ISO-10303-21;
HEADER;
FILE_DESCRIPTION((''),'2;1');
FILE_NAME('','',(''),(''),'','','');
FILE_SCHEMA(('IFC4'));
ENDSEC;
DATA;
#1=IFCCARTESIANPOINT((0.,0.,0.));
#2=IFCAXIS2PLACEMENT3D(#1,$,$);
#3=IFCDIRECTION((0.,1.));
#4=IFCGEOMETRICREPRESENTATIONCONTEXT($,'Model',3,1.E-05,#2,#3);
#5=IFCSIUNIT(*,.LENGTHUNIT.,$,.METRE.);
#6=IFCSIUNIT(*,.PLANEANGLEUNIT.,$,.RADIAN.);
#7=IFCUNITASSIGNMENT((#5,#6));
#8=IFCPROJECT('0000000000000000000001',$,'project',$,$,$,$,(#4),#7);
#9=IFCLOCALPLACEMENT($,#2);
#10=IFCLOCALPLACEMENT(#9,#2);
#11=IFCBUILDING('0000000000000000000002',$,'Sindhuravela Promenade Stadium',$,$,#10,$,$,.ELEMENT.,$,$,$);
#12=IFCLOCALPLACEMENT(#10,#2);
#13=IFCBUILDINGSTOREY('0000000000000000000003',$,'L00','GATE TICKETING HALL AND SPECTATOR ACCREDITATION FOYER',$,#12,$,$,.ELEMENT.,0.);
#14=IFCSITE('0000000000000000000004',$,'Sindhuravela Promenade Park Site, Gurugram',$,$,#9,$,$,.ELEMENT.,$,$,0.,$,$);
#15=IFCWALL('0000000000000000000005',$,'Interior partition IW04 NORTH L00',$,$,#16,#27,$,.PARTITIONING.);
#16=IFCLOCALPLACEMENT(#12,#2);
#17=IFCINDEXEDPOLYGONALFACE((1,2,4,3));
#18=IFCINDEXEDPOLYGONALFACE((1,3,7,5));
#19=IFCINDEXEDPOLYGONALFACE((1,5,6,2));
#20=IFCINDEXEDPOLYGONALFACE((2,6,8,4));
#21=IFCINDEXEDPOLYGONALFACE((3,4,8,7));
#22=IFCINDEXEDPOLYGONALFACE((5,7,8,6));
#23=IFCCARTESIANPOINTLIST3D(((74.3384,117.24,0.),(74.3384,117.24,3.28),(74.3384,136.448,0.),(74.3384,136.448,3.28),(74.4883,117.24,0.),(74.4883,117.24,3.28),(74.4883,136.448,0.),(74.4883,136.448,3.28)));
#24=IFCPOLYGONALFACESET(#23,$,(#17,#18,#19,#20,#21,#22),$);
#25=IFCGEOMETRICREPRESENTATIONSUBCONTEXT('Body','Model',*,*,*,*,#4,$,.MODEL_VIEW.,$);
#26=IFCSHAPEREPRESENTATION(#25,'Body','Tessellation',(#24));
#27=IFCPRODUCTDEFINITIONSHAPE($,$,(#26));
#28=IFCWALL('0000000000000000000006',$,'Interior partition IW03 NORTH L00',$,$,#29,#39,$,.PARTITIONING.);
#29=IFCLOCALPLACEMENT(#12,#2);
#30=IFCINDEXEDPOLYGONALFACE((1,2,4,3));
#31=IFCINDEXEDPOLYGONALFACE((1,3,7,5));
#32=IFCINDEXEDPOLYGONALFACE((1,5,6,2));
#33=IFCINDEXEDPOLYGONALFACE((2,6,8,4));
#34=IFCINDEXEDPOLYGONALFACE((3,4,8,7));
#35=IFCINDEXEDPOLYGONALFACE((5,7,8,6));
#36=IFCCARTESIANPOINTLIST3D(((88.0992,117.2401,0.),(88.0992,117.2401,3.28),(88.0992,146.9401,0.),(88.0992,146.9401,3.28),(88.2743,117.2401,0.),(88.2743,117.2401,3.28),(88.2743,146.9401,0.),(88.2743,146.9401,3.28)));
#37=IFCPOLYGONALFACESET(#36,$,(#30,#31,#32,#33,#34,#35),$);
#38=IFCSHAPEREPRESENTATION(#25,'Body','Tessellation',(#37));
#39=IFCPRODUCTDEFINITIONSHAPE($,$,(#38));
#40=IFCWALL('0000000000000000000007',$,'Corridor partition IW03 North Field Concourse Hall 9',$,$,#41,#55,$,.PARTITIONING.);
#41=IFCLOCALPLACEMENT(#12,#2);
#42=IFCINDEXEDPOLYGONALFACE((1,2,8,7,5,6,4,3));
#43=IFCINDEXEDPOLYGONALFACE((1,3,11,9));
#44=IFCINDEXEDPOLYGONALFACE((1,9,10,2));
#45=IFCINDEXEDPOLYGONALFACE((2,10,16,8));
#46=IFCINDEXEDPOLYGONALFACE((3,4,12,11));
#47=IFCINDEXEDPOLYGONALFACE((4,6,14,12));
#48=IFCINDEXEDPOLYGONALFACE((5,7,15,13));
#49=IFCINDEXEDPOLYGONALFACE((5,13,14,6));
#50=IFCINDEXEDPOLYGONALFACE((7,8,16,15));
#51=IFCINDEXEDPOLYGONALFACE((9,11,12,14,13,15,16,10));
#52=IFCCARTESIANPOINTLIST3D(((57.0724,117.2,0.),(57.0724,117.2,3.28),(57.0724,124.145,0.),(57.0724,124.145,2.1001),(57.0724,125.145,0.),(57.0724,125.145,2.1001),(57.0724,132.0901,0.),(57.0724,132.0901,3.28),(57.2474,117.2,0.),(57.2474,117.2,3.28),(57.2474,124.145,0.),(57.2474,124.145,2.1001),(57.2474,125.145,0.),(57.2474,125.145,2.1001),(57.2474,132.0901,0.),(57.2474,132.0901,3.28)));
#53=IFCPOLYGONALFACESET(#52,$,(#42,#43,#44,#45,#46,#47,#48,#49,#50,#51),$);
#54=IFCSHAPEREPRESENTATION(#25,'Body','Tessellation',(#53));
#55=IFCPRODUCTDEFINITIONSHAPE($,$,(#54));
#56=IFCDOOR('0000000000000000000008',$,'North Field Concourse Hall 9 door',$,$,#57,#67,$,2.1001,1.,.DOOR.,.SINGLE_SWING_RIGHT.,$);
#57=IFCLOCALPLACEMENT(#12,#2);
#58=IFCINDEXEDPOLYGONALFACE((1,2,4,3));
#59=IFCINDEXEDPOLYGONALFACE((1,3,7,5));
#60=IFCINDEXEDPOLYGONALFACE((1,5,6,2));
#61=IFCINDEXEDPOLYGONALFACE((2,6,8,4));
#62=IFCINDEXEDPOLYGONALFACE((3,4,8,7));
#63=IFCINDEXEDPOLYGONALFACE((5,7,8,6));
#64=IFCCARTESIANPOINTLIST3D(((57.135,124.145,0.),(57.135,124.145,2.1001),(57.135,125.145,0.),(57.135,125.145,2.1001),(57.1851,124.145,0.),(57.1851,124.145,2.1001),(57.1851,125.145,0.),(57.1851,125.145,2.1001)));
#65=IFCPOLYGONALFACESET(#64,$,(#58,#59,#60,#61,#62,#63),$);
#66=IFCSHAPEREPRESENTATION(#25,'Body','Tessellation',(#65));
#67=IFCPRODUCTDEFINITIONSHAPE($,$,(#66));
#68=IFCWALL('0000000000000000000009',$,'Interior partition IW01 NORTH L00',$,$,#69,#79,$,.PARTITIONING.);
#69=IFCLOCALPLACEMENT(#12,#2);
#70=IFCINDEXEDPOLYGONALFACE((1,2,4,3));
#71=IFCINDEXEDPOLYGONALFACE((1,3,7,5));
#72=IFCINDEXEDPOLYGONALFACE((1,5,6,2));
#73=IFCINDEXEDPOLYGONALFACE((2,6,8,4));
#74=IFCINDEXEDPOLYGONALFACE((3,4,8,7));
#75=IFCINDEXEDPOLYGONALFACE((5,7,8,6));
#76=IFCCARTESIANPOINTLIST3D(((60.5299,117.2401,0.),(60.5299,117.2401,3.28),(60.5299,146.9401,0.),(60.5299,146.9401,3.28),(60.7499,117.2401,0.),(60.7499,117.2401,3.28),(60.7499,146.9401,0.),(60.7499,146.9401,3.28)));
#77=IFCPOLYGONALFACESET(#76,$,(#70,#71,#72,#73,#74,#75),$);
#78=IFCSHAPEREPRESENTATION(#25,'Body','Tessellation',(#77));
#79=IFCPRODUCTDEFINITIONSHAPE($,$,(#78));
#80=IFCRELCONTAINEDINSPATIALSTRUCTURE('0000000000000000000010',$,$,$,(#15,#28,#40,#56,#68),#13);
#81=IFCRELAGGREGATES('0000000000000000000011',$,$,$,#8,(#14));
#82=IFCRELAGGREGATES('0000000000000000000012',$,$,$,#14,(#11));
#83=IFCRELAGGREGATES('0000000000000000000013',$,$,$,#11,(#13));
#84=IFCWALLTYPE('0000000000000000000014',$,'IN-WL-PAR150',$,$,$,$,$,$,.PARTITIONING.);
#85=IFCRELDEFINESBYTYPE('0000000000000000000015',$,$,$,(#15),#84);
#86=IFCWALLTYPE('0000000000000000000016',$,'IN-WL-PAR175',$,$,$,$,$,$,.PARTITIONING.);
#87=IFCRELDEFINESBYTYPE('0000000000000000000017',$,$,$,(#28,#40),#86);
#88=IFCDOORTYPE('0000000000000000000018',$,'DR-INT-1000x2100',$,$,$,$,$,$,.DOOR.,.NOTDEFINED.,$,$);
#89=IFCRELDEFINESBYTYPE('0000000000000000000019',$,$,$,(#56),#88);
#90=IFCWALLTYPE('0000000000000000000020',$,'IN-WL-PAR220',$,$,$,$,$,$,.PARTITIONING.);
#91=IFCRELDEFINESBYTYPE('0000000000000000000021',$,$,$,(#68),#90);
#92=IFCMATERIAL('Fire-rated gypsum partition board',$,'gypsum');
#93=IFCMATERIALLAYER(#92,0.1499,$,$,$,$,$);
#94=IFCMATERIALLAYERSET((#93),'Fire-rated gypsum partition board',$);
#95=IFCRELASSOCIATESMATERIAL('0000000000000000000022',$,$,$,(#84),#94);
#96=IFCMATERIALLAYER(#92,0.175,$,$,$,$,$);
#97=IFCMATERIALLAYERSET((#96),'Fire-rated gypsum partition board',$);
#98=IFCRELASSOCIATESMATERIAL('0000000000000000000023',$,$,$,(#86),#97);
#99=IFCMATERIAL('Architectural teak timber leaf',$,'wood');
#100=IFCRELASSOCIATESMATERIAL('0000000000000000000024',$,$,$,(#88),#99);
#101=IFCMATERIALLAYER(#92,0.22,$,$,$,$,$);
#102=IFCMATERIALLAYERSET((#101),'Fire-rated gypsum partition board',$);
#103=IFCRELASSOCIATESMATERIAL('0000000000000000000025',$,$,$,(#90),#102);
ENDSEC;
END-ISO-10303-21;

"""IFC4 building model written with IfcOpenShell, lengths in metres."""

from ifc_helpers import new_model, si_unit, direction, frame, frame_2d, origin, place, context, subcontext, project, spatial, rectangle, extrude, material, layer, layer_set, type_object, element, fill, save


model = new_model("IFC4")

# Units and contexts
model_context = context("Model", 3, precision=1e-05, world=origin(), true_north=direction((0.0, 1.0)))
body_context = subcontext(model_context, "Body", "Model", "MODEL_VIEW")
ifc_project = project(units=[si_unit("LENGTHUNIT", "METRE"), si_unit("PLANEANGLEUNIT", "RADIAN")], contexts=[model_context])

# Site, building, storey
site_placement = place(None, origin())
site = spatial("IfcSite", under=ifc_project, at=site_placement, Name="Sindhuravela Promenade Park Site, Gurugram", CompositionType="ELEMENT", RefElevation=0.0)
building_placement = place(site_placement, origin())
building = spatial("IfcBuilding", under=site, at=building_placement, Name="Sindhuravela Promenade Stadium", CompositionType="ELEMENT")
storey_placement = place(building_placement, origin())
storey = spatial("IfcBuildingStorey", under=building, at=storey_placement, Name="L00", Description="GATE TICKETING HALL AND SPECTATOR ACCREDITATION FOYER", CompositionType="ELEMENT", Elevation=0.0)

# Walls
ifc_material_1 = material(Name="Fire-rated gypsum partition board", Category="gypsum")
ifc_layer_1 = layer(ifc_material_1, 0.1499)
ifc_layer_set_1 = layer_set([ifc_layer_1], Name="Fire-rated gypsum partition board")
wall_type_1 = type_object("IfcWallType", Name="IN-WL-PAR150", PredefinedType="PARTITIONING", material=ifc_layer_set_1)
wall_1_placement = place(storey_placement, frame((74.4133, 117.24, 0.0), z_axis=(0.0, 0.0, 1.0), x_axis=(0.0, 1.0, 0.0)))
element("IfcWall", 1, at=wall_1_placement, inside=storey, type_object=wall_type_1, Name="Interior partition IW04 NORTH L00", PredefinedType="PARTITIONING", context=body_context, shape_type="SweptSolid", body=[
    extrude(rectangle(XDim=19.208, YDim=0.1499, at=frame_2d((9.604, 0.0))), origin(), (0.0, 0.0, 1.0), 3.28),
])
ifc_layer_2 = layer(ifc_material_1, 0.175)
ifc_layer_set_2 = layer_set([ifc_layer_2], Name="Fire-rated gypsum partition board")
wall_type_2 = type_object("IfcWallType", Name="IN-WL-PAR175", PredefinedType="PARTITIONING", material=ifc_layer_set_2)
wall_2_placement = place(storey_placement, frame((88.1868, 117.24, 0.0), z_axis=(0.0, 0.0, 1.0), x_axis=(0.0, 1.0, 0.0)))
element("IfcWall", 2, at=wall_2_placement, inside=storey, type_object=wall_type_2, Name="Interior partition IW03 NORTH L00", PredefinedType="PARTITIONING", context=body_context, shape_type="SweptSolid", body=[
    extrude(rectangle(XDim=29.7, YDim=0.175, at=frame_2d((14.8501, 0.0))), origin(), (0.0, 0.0, 1.0), 3.28),
])

# Wall, opening, door
wall_3_placement = place(storey_placement, frame((57.1599, 117.2, 0.0), z_axis=(0.0, 0.0, 1.0), x_axis=(0.0, 1.0, 0.0)))
wall_3 = element("IfcWall", 3, at=wall_3_placement, inside=storey, type_object=wall_type_2, Name="Corridor partition IW03 North Field Concourse Hall 9", PredefinedType="PARTITIONING", context=body_context, shape_type="SweptSolid", body=[
    extrude(rectangle(XDim=14.8901, YDim=0.175, at=frame_2d((7.4451, 0.0))), origin(), (0.0, 0.0, 1.0), 3.28),
])
opening_placement = place(wall_3_placement, frame((6.9451, 0.0, 0.0)))
opening = element("IfcOpeningElement", 4, at=opening_placement, cuts=wall_3, PredefinedType="OPENING", context=body_context, shape_type="SweptSolid", body=[
    extrude(rectangle(XDim=1.0, YDim=2.1001, at=frame_2d((0.5, 1.05))), frame((0.0, 0.0974, 0.0), z_axis=(0.0, -1.0, 0.0), x_axis=(1.0, 0.0, 0.0)), (0.0, 0.0, 1.0), 0.1951),
])
ifc_material_2 = material(Name="Architectural teak timber leaf", Category="wood")
door_type = type_object("IfcDoorType", Name="DR-INT-1000x2100", OperationType="NOTDEFINED", PredefinedType="DOOR", material=ifc_material_2)
door_placement = place(opening_placement, origin())
door = element("IfcDoor", 5, at=door_placement, inside=storey, type_object=door_type, Name="North Field Concourse Hall 9 door", OperationType="SINGLE_SWING_RIGHT", OverallHeight=2.1001, OverallWidth=1.0, PredefinedType="DOOR", context=body_context, shape_type="SweptSolid", body=[
    extrude(rectangle(XDim=1.0, YDim=2.1001, at=frame_2d((0.5, 1.05))), frame((0.0, 0.0249, 0.0), z_axis=(0.0, -1.0, 0.0), x_axis=(1.0, 0.0, 0.0)), (0.0, 0.0, 1.0), 0.05),
])
fill(opening, door)

# Wall
ifc_layer_3 = layer(ifc_material_1, 0.22)
ifc_layer_set_3 = layer_set([ifc_layer_3], Name="Fire-rated gypsum partition board")
wall_type_3 = type_object("IfcWallType", Name="IN-WL-PAR220", PredefinedType="PARTITIONING", material=ifc_layer_set_3)
wall_4_placement = place(storey_placement, frame((60.6399, 117.24, 0.0), z_axis=(0.0, 0.0, 1.0), x_axis=(0.0, 1.0, 0.0)))
element("IfcWall", 6, at=wall_4_placement, inside=storey, type_object=wall_type_3, Name="Interior partition IW01 NORTH L00", PredefinedType="PARTITIONING", context=body_context, shape_type="SweptSolid", body=[
    extrude(rectangle(XDim=29.7, YDim=0.22, at=frame_2d((14.8501, 0.0))), origin(), (0.0, 0.0, 1.0), 3.28),
])

save(model, "model.ifc")
